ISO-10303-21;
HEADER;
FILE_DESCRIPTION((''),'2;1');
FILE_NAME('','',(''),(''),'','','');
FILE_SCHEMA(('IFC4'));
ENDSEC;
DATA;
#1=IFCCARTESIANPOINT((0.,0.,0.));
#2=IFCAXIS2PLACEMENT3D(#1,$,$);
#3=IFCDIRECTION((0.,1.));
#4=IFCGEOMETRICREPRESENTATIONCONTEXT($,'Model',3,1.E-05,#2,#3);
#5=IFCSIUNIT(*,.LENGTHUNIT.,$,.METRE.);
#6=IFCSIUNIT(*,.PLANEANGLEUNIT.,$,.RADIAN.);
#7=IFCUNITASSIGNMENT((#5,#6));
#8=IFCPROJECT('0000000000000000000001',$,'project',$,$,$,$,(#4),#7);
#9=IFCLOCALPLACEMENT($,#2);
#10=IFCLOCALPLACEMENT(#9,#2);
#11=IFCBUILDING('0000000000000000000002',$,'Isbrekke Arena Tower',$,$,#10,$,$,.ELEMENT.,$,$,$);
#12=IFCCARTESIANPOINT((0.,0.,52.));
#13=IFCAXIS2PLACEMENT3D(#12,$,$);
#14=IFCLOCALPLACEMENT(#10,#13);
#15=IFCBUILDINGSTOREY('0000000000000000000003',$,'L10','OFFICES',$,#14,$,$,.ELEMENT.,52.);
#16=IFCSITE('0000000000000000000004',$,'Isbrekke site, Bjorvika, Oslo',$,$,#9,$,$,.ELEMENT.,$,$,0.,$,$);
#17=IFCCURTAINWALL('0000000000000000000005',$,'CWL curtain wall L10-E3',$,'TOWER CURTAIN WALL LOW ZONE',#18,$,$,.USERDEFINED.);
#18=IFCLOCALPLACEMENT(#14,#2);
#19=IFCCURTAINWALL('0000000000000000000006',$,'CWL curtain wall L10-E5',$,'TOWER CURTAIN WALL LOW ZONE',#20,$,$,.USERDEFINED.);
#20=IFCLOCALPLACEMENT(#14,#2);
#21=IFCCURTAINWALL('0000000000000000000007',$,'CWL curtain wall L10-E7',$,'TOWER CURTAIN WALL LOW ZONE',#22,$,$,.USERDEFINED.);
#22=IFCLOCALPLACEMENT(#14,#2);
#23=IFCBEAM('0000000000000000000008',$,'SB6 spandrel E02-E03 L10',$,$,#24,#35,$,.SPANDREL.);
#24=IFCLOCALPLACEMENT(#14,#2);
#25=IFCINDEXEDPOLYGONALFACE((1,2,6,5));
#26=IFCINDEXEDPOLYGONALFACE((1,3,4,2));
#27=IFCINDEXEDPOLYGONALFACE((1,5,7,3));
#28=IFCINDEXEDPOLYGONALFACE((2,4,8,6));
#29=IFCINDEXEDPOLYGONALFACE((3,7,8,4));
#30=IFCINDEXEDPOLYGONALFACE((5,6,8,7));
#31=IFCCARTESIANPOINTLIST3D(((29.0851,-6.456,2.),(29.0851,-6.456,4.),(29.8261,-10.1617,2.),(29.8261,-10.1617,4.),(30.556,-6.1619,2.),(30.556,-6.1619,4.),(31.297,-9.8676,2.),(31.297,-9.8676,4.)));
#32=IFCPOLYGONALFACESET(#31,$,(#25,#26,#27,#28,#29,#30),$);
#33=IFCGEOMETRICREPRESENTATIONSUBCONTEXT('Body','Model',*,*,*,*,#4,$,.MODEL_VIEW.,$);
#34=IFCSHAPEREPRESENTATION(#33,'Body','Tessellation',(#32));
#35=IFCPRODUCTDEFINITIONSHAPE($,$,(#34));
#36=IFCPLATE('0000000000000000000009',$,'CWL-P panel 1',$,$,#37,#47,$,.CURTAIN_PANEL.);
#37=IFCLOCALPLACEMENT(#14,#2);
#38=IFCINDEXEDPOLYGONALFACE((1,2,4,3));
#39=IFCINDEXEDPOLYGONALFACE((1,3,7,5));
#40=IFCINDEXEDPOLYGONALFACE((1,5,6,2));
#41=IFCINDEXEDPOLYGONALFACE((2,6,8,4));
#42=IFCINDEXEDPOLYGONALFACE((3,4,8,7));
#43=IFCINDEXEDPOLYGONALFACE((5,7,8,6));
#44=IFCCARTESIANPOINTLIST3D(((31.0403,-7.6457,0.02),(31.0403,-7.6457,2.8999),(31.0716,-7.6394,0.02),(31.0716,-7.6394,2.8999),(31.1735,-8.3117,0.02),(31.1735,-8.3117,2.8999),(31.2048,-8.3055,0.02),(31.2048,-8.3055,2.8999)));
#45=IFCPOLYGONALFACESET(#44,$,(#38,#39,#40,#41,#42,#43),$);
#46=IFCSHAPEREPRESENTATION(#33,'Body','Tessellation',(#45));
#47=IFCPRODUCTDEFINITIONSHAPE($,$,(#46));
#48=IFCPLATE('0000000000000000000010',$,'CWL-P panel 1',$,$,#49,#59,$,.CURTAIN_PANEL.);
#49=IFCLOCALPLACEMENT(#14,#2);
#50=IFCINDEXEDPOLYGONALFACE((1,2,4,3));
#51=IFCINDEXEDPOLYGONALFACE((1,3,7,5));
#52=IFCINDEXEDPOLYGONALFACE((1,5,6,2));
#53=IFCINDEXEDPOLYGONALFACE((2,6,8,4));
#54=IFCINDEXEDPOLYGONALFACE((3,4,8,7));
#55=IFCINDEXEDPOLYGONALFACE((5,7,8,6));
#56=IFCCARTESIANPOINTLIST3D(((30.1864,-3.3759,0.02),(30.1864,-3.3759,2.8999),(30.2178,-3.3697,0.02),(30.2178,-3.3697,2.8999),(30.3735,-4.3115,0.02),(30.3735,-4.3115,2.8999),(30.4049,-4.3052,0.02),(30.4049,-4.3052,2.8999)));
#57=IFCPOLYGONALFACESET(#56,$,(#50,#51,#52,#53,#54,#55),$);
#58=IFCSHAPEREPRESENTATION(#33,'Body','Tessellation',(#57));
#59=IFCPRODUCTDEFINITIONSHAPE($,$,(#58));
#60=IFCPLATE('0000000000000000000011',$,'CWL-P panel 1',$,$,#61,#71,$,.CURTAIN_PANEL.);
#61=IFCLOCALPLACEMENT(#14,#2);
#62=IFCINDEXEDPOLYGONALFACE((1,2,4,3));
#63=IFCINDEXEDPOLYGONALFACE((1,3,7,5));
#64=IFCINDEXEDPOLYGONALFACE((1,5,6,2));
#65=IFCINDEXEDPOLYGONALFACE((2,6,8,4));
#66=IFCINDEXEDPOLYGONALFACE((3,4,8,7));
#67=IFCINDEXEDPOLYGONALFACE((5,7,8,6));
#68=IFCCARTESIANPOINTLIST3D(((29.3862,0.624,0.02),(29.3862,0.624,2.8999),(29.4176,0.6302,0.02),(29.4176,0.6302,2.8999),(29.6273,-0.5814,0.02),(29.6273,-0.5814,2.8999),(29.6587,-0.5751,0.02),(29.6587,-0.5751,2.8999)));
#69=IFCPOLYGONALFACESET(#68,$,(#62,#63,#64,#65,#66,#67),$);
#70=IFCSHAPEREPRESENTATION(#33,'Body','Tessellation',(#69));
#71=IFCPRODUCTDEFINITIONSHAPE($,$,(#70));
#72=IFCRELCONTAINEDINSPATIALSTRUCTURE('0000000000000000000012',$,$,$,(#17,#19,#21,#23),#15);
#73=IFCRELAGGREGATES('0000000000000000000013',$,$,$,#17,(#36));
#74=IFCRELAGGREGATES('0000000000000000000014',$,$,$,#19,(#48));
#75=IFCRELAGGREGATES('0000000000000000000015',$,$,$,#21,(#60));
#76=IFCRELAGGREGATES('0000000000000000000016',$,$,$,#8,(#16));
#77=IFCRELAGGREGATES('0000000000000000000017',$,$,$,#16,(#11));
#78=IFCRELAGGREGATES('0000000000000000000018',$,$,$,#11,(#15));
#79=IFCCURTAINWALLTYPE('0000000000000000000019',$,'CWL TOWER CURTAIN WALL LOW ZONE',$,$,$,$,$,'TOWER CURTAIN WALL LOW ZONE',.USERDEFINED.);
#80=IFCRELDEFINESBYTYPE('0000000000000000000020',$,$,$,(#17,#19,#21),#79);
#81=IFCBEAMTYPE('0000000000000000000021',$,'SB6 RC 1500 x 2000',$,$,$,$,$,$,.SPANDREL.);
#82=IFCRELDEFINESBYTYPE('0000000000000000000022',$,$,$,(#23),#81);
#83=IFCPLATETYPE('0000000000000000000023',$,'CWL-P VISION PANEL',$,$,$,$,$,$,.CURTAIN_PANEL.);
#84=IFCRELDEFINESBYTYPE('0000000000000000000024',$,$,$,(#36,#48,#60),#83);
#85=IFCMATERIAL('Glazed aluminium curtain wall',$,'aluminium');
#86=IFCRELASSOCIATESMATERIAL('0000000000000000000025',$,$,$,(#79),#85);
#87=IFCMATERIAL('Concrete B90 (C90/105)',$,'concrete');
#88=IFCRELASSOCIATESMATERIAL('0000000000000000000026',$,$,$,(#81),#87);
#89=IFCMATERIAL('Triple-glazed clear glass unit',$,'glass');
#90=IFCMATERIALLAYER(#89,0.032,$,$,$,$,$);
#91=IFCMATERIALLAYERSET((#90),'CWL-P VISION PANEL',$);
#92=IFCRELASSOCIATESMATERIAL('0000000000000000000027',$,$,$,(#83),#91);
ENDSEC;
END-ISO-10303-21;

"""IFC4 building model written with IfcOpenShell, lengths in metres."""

from ifc_helpers import new_model, si_unit, direction, frame, origin, origin_2d, place, context, subcontext, project, spatial, rectangle, extrude, material, layer, layer_set, material_profile, profile_set, type_object, element, aggregate, save


model = new_model("IFC4")

# Units and contexts
model_context = context("Model", 3, precision=1e-05, world=origin(), true_north=direction((0.0, 1.0)))
body_context = subcontext(model_context, "Body", "Model", "MODEL_VIEW")
ifc_project = project(units=[si_unit("LENGTHUNIT", "METRE"), si_unit("PLANEANGLEUNIT", "RADIAN")], contexts=[model_context])

# Site, building, storey
site_placement = place(None, origin())
site = spatial("IfcSite", under=ifc_project, at=site_placement, Name="Isbrekke site, Bjorvika, Oslo", CompositionType="ELEMENT", RefElevation=0.0)
building_placement = place(site_placement, origin())
building = spatial("IfcBuilding", under=site, at=building_placement, Name="Isbrekke Arena Tower", CompositionType="ELEMENT")
storey_placement = place(building_placement, frame((0.0, 0.0, 52.0)))
storey = spatial("IfcBuildingStorey", under=building, at=storey_placement, Name="L10", Description="OFFICES", CompositionType="ELEMENT", Elevation=52.0)

# Curtain walls
ifc_material_1 = material(Name="Glazed aluminium curtain wall", Category="aluminium")
curtain_wall_type = type_object("IfcCurtainWallType", Name="CWL TOWER CURTAIN WALL LOW ZONE", ElementType="TOWER CURTAIN WALL LOW ZONE", PredefinedType="USERDEFINED", material=ifc_material_1)
curtain_wall_1_placement = place(storey_placement, origin())
curtain_wall_1 = element("IfcCurtainWall", 1, at=curtain_wall_1_placement, inside=storey, type_object=curtain_wall_type, Name="CWL curtain wall L10-E3", ObjectType="TOWER CURTAIN WALL LOW ZONE", PredefinedType="USERDEFINED")
curtain_wall_2_placement = place(storey_placement, origin())
curtain_wall_2 = element("IfcCurtainWall", 2, at=curtain_wall_2_placement, inside=storey, type_object=curtain_wall_type, Name="CWL curtain wall L10-E5", ObjectType="TOWER CURTAIN WALL LOW ZONE", PredefinedType="USERDEFINED")
curtain_wall_3_placement = place(storey_placement, origin())
curtain_wall_3 = element("IfcCurtainWall", 3, at=curtain_wall_3_placement, inside=storey, type_object=curtain_wall_type, Name="CWL curtain wall L10-E7", ObjectType="TOWER CURTAIN WALL LOW ZONE", PredefinedType="USERDEFINED")

# Beam
ifc_material_2 = material(Name="Concrete B90 (C90/105)", Category="concrete")
ifc_material_profile_1 = material_profile(ifc_material_2, rectangle(XDim=1.5, YDim=2.0, at=origin_2d()), Name="RC 1500x2000")
ifc_profile_set_1 = profile_set([ifc_material_profile_1], Name="Concrete B90 (C90/105)")
beam_type_1 = type_object("IfcBeamType", Name="SB6 RC 1500 x 2000", PredefinedType="SPANDREL", material=ifc_profile_set_1)
beam_1_placement = place(storey_placement, frame((30.5615, -10.0146, 3.0), z_axis=(-0.196066, 0.980591, 0.0), x_axis=(-0.980591, -0.196066, 0.0)))
element("IfcBeam", 4, at=beam_1_placement, inside=storey, type_object=beam_type_1, Name="SB6 spandrel E02-E03 L10", PredefinedType="SPANDREL", context=body_context, shape_type="SweptSolid", body=[
    extrude(rectangle(XDim=1.5, YDim=2.0, at=origin_2d()), origin(), (0.0, 0.0, 1.0), 3.7791),
])

# Plates
ifc_material_3 = material(Name="Triple-glazed clear glass unit", Category="glass")
ifc_layer = layer(ifc_material_3, 0.032)
ifc_layer_set = layer_set([ifc_layer], Name="CWL-P VISION PANEL")
plate_type = type_object("IfcPlateType", Name="CWL-P VISION PANEL", PredefinedType="CURTAIN_PANEL", material=ifc_layer_set)
plate_1_placement = place(storey_placement, frame((31.1226, -7.9756, 0.02), z_axis=(0.0, 0.0, 1.0), x_axis=(-0.196116, 0.980581, 0.0)))
plate_1 = element("IfcPlate", 5, at=plate_1_placement, type_object=plate_type, Name="CWL-P panel 1", PredefinedType="CURTAIN_PANEL", context=body_context, shape_type="SweptSolid", body=[
    extrude(rectangle(XDim=0.6792, YDim=0.032, at=origin_2d()), origin(), (0.0, 0.0, 1.0), 2.8799),
])
aggregate(curtain_wall_1, [plate_1])
plate_2_placement = place(storey_placement, frame((30.2957, -3.8406, 0.02), z_axis=(0.0, 0.0, 1.0), x_axis=(-0.196116, 0.980581, 0.0)))
plate_2 = element("IfcPlate", 6, at=plate_2_placement, type_object=plate_type, Name="CWL-P panel 1", PredefinedType="CURTAIN_PANEL", context=body_context, shape_type="SweptSolid", body=[
    extrude(rectangle(XDim=0.9541, YDim=0.032, at=origin_2d()), origin(), (0.0, 0.0, 1.0), 2.8799),
])
aggregate(curtain_wall_2, [plate_2])
plate_3_placement = place(storey_placement, frame((29.5225, 0.0244, 0.02), z_axis=(0.0, 0.0, 1.0), x_axis=(-0.196116, 0.980581, 0.0)))
plate_3 = element("IfcPlate", 7, at=plate_3_placement, type_object=plate_type, Name="CWL-P panel 1", PredefinedType="CURTAIN_PANEL", context=body_context, shape_type="SweptSolid", body=[
    extrude(rectangle(XDim=1.2292, YDim=0.032, at=origin_2d()), origin(), (0.0, 0.0, 1.0), 2.8799),
])
aggregate(curtain_wall_3, [plate_3])

save(model, "model.ifc")
